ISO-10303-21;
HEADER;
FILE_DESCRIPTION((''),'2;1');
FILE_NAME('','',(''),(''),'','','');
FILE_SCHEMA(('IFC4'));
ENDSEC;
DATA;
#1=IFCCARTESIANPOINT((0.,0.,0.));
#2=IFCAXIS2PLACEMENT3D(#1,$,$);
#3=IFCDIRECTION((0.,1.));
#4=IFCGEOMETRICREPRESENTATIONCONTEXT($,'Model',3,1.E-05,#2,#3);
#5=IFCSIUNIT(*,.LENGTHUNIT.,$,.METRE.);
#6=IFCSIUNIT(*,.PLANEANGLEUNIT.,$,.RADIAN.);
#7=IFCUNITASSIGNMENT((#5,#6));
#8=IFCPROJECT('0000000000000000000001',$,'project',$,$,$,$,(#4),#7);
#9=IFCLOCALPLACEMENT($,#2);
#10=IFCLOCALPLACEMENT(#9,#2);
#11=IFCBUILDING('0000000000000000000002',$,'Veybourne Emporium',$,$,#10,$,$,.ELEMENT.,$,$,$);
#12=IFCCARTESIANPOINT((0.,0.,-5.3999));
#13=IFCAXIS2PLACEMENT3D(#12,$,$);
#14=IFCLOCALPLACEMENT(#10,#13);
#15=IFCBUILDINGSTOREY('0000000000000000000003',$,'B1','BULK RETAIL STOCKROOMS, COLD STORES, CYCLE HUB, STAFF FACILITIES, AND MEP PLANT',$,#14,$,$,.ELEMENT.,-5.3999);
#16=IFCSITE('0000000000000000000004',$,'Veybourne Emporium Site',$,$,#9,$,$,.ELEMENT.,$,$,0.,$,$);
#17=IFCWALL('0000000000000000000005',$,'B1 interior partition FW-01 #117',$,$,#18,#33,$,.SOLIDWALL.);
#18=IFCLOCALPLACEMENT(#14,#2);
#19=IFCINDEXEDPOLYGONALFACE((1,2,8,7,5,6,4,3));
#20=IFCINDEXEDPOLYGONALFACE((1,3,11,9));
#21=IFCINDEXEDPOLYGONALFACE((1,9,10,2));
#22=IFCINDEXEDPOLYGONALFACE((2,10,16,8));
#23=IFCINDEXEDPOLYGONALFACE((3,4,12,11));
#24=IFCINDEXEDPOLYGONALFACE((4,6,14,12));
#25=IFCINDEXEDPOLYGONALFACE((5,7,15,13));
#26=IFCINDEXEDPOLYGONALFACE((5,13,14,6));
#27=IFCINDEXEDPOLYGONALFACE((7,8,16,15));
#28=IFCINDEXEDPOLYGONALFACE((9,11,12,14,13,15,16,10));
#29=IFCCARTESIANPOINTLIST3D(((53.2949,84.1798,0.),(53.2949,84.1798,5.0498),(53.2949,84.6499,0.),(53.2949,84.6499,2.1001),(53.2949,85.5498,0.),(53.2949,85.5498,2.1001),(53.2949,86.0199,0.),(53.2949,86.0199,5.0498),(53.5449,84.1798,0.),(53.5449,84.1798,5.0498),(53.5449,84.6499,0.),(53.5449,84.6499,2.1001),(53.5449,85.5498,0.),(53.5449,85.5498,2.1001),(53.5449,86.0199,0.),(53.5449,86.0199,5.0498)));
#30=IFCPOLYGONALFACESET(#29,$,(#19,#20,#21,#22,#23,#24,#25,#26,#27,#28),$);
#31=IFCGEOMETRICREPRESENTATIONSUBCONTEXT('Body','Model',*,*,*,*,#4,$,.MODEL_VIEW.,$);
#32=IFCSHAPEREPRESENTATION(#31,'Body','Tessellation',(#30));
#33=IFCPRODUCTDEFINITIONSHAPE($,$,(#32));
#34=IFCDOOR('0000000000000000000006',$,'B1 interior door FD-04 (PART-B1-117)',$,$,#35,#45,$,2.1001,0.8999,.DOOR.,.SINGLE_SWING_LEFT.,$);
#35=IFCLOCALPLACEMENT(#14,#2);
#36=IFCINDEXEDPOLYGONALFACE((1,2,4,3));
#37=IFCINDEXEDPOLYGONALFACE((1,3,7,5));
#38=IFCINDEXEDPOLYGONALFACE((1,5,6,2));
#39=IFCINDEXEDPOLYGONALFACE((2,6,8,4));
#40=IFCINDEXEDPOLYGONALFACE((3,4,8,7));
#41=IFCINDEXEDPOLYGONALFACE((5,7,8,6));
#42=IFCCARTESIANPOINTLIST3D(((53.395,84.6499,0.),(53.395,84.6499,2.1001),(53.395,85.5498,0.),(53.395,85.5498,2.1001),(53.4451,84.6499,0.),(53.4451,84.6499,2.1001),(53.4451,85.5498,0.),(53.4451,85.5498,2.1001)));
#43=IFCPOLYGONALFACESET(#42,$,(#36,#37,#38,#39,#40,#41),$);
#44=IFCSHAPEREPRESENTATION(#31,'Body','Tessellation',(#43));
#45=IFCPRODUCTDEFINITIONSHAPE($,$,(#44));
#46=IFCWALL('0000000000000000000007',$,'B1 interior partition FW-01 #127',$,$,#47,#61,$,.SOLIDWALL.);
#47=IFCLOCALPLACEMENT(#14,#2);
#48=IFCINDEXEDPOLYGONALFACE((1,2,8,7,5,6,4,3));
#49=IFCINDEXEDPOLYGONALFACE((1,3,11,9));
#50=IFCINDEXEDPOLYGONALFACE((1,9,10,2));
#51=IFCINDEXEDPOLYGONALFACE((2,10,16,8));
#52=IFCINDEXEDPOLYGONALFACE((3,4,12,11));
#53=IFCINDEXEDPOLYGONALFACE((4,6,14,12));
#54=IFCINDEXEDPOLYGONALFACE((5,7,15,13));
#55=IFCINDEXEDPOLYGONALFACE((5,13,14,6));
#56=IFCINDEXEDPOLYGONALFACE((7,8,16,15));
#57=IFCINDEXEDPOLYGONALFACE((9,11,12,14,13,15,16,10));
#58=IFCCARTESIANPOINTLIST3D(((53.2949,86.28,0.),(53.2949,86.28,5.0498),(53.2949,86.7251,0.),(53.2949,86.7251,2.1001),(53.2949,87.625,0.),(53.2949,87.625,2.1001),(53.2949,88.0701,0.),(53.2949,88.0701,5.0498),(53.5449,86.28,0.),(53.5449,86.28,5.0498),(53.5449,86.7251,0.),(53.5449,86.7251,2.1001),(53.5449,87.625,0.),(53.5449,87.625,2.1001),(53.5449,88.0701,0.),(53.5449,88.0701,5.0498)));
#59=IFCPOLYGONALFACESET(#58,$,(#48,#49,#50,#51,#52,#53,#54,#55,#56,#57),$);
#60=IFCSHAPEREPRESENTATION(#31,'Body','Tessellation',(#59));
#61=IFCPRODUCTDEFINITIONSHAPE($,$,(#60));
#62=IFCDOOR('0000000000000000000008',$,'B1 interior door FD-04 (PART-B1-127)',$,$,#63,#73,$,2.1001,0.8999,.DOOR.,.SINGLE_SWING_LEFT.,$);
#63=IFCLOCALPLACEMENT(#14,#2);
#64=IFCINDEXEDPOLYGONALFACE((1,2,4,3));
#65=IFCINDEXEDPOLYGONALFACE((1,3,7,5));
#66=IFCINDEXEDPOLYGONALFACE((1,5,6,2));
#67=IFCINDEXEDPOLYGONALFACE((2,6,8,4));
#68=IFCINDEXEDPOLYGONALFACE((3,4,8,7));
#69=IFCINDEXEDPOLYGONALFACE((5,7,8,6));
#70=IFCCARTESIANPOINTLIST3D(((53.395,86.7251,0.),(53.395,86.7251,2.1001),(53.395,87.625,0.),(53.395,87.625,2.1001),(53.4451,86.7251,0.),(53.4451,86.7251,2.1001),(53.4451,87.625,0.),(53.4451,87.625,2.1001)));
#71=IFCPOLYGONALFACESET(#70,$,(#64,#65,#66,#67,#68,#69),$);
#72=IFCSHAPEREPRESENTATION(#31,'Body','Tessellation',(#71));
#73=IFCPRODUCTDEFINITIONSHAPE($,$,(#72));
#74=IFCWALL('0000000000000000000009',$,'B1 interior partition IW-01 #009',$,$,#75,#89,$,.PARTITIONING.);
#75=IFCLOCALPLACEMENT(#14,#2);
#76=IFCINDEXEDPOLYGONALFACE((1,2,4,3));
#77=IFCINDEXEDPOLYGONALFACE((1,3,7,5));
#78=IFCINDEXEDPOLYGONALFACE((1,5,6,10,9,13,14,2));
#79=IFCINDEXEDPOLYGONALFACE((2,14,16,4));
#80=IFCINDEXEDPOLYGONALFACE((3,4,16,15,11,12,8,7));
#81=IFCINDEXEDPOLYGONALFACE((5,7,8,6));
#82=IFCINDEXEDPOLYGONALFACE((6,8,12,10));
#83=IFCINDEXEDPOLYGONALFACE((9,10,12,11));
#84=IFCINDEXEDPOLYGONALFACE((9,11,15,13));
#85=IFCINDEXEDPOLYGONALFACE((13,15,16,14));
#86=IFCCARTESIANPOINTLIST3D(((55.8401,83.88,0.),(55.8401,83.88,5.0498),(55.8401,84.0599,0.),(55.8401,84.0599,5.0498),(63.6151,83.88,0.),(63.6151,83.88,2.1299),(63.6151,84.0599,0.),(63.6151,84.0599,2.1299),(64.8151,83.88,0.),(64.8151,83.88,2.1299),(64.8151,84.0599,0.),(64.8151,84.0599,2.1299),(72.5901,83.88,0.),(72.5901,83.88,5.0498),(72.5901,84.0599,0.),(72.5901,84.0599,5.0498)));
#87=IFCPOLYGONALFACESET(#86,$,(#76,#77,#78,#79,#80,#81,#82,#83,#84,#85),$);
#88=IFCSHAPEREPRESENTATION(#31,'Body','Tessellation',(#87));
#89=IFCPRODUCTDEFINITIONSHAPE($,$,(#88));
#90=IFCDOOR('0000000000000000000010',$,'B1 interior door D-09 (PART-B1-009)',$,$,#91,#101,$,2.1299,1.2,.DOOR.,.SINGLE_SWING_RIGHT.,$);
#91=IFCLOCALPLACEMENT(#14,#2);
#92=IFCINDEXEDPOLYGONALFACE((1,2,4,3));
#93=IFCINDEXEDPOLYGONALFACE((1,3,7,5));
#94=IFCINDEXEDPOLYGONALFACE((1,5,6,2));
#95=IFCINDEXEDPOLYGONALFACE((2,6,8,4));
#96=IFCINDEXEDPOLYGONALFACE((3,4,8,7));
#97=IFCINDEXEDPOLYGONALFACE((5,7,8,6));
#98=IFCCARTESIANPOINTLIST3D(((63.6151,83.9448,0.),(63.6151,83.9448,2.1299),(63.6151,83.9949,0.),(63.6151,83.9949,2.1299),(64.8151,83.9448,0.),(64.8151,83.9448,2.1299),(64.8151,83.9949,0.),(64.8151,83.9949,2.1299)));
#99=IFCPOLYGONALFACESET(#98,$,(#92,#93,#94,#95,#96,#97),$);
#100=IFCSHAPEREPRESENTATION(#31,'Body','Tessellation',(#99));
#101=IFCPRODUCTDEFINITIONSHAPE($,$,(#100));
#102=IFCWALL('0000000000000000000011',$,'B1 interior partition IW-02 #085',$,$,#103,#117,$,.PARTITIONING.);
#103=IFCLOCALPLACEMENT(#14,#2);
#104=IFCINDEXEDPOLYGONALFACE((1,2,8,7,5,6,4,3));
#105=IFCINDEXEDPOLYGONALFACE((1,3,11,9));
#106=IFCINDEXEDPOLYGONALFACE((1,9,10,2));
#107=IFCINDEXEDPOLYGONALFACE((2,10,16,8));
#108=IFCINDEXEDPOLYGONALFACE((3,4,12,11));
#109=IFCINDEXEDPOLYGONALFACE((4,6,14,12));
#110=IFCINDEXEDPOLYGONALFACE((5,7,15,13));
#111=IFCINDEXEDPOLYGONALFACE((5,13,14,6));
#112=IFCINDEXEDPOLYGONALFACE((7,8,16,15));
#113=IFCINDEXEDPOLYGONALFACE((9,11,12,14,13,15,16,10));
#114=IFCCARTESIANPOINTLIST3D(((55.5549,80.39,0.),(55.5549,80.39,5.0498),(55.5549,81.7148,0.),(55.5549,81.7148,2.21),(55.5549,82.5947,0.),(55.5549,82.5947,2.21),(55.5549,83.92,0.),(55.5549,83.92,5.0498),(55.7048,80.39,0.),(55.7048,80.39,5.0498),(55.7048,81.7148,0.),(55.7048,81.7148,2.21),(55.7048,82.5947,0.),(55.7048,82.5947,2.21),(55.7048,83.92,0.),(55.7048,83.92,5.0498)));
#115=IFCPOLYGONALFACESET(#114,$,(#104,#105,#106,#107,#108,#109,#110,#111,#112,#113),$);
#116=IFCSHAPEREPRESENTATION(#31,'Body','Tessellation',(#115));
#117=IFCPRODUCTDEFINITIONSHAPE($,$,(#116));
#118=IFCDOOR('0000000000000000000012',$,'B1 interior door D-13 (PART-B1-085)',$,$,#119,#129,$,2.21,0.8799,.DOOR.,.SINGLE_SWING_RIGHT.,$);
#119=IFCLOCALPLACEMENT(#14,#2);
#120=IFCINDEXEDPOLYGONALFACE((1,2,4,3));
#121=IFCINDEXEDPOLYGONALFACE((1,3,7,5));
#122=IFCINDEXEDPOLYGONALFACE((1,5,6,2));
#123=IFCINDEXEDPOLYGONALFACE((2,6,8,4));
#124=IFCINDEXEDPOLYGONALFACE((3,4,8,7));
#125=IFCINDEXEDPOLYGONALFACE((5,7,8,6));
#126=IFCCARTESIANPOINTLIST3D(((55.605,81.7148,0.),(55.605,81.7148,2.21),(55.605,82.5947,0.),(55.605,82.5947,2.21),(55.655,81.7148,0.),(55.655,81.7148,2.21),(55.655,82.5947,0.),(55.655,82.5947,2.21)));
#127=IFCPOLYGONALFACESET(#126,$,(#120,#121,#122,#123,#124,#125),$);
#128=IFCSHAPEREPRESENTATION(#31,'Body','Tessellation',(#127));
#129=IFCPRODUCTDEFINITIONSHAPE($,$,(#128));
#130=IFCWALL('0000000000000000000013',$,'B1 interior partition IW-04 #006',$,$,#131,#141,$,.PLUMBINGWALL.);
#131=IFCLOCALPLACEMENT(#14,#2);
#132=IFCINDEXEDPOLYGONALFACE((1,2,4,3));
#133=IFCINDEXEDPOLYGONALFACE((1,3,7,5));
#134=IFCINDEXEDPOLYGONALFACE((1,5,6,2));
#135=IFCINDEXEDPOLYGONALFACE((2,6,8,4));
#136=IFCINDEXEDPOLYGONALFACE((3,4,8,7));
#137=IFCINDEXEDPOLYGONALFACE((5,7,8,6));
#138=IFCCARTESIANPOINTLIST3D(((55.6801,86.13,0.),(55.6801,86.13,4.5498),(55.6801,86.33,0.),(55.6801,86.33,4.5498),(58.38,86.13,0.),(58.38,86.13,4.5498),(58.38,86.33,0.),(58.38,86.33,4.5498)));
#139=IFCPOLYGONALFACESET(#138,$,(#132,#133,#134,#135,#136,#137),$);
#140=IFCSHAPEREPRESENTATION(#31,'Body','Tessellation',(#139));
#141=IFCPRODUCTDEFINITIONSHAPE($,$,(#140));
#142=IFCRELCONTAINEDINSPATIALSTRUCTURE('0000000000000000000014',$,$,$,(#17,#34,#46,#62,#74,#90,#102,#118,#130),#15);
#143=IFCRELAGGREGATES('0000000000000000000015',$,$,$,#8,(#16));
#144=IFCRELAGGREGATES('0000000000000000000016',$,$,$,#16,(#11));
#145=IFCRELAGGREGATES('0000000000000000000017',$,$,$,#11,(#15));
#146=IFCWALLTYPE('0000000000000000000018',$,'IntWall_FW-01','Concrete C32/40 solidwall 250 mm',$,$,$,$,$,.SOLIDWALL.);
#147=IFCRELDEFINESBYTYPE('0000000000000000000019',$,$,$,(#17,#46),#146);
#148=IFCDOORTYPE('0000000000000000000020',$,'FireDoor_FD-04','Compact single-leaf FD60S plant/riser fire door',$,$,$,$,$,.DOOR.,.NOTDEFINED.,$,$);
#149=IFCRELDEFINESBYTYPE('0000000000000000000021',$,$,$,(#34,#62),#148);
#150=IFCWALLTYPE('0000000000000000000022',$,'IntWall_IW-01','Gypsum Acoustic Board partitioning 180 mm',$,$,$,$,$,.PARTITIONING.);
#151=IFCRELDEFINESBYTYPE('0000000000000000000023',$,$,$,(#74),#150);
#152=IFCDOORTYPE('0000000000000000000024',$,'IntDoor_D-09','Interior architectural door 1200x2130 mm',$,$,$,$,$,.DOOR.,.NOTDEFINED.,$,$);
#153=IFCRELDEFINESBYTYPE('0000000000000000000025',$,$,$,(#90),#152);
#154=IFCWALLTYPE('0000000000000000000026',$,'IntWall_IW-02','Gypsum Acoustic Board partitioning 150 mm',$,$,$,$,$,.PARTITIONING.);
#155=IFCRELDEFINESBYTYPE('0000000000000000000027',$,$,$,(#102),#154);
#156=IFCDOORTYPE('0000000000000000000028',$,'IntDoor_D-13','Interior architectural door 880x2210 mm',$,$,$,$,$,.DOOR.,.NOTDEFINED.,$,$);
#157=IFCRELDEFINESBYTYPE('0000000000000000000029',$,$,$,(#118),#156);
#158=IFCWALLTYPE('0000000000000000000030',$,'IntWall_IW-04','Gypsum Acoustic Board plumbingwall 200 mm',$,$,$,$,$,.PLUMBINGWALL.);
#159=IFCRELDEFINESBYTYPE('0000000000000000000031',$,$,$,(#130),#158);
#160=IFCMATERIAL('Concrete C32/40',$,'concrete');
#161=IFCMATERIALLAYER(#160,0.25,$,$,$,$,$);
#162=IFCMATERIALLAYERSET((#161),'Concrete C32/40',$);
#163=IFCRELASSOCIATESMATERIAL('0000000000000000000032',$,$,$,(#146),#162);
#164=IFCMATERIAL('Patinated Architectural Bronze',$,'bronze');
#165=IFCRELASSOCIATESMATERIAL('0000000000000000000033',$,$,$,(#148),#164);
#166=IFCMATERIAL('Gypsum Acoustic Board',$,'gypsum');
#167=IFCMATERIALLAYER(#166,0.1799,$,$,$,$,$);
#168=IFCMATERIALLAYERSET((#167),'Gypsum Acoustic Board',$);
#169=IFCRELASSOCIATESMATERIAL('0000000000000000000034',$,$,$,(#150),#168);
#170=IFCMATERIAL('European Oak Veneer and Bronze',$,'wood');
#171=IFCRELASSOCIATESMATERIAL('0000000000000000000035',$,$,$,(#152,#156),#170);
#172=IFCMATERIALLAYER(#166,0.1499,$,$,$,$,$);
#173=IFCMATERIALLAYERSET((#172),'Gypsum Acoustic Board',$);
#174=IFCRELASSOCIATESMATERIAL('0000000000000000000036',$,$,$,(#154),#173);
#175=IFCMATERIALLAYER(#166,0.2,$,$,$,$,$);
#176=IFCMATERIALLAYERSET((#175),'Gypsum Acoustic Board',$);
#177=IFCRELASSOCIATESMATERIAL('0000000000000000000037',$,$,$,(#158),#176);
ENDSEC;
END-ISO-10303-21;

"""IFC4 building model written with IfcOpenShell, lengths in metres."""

from ifc_helpers import new_model, si_unit, direction, frame, frame_2d, origin, place, context, subcontext, project, spatial, rectangle, extrude, material, layer, layer_set, type_object, element, fill, save


model = new_model("IFC4")

# Units and contexts
model_context = context("Model", 3, precision=1e-05, world=origin(), true_north=direction((0.0, 1.0)))
body_context = subcontext(model_context, "Body", "Model", "MODEL_VIEW")
ifc_project = project(units=[si_unit("LENGTHUNIT", "METRE"), si_unit("PLANEANGLEUNIT", "RADIAN")], contexts=[model_context])

# Site, building, storey
site_placement = place(None, origin())
site = spatial("IfcSite", under=ifc_project, at=site_placement, Name="Veybourne Emporium Site", CompositionType="ELEMENT", RefElevation=0.0)
building_placement = place(site_placement, origin())
building = spatial("IfcBuilding", under=site, at=building_placement, Name="Veybourne Emporium", CompositionType="ELEMENT")
storey_placement = place(building_placement, frame((0.0, 0.0, -5.3999)))
storey = spatial("IfcBuildingStorey", under=building, at=storey_placement, Name="B1", Description="BULK RETAIL STOCKROOMS, COLD STORES, CYCLE HUB, STAFF FACILITIES, AND MEP PLANT", CompositionType="ELEMENT", Elevation=-5.3999)

# Shared definitions
ifc_material_1 = material(Name="Concrete C32/40", Category="concrete")

# Walls, openings, doors
ifc_layer_1 = layer(ifc_material_1, 0.25)
ifc_layer_set_1 = layer_set([ifc_layer_1], Name="Concrete C32/40")
wall_type_1 = type_object("IfcWallType", Name="IntWall_FW-01", Description="Concrete C32/40 solidwall 250 mm", PredefinedType="SOLIDWALL", material=ifc_layer_set_1)
ifc_material_2 = material(Name="Patinated Architectural Bronze", Category="bronze")
wall_1_placement = place(storey_placement, frame((53.4199, 84.1799, 0.0), z_axis=(0.0, 0.0, 1.0), x_axis=(0.0, 1.0, 0.0)))
wall_1 = element("IfcWall", 1, at=wall_1_placement, inside=storey, type_object=wall_type_1, Name="B1 interior partition FW-01 #117", PredefinedType="SOLIDWALL", context=body_context, shape_type="SweptSolid", body=[
    extrude(rectangle(XDim=1.8401, YDim=0.25, at=frame_2d((0.9199, 0.0))), origin(), (0.0, 0.0, 1.0), 5.0498),
])
opening_1_placement = place(wall_1_placement, frame((0.47, 0.0, 0.0)))
opening_1 = element("IfcOpeningElement", 2, at=opening_1_placement, cuts=wall_1, PredefinedType="OPENING", context=body_context, shape_type="SweptSolid", body=[
    extrude(rectangle(XDim=0.8999, YDim=2.1001, at=frame_2d((0.45, 1.05))), frame((0.0, 0.145, 0.0), z_axis=(0.0, -1.0, 0.0), x_axis=(1.0, 0.0, 0.0)), (0.0, 0.0, 1.0), 0.29),
])
door_type_1 = type_object("IfcDoorType", Name="FireDoor_FD-04", Description="Compact single-leaf FD60S plant/riser fire door", OperationType="NOTDEFINED", PredefinedType="DOOR", material=ifc_material_2)
door_1_placement = place(opening_1_placement, origin())
door_1 = element("IfcDoor", 3, at=door_1_placement, inside=storey, type_object=door_type_1, Name="B1 interior door FD-04 (PART-B1-117)", OperationType="SINGLE_SWING_LEFT", OverallHeight=2.1001, OverallWidth=0.8999, PredefinedType="DOOR", context=body_context, shape_type="SweptSolid", body=[
    extrude(rectangle(XDim=0.8999, YDim=2.1001, at=frame_2d((0.45, 1.05))), frame((0.0, 0.0249, 0.0), z_axis=(0.0, -1.0, 0.0), x_axis=(1.0, 0.0, 0.0)), (0.0, 0.0, 1.0), 0.05),
])
fill(opening_1, door_1)
wall_2_placement = place(storey_placement, frame((53.4199, 86.28, 0.0), z_axis=(0.0, 0.0, 1.0), x_axis=(0.0, 1.0, 0.0)))
wall_2 = element("IfcWall", 4, at=wall_2_placement, inside=storey, type_object=wall_type_1, Name="B1 interior partition FW-01 #127", PredefinedType="SOLIDWALL", context=body_context, shape_type="SweptSolid", body=[
    extrude(rectangle(XDim=1.79, YDim=0.25, at=frame_2d((0.895, 0.0))), origin(), (0.0, 0.0, 1.0), 5.0498),
])
opening_2_placement = place(wall_2_placement, frame((0.4451, 0.0, 0.0)))
opening_2 = element("IfcOpeningElement", 5, at=opening_2_placement, cuts=wall_2, PredefinedType="OPENING", context=body_context, shape_type="SweptSolid", body=[
    extrude(rectangle(XDim=0.8999, YDim=2.1001, at=frame_2d((0.45, 1.05))), frame((0.0, 0.145, 0.0), z_axis=(0.0, -1.0, 0.0), x_axis=(1.0, 0.0, 0.0)), (0.0, 0.0, 1.0), 0.29),
])
door_2_placement = place(opening_2_placement, origin())
door_2 = element("IfcDoor", 6, at=door_2_placement, inside=storey, type_object=door_type_1, Name="B1 interior door FD-04 (PART-B1-127)", OperationType="SINGLE_SWING_LEFT", OverallHeight=2.1001, OverallWidth=0.8999, PredefinedType="DOOR", context=body_context, shape_type="SweptSolid", body=[
    extrude(rectangle(XDim=0.8999, YDim=2.1001, at=frame_2d((0.45, 1.05))), frame((0.0, 0.0249, 0.0), z_axis=(0.0, -1.0, 0.0), x_axis=(1.0, 0.0, 0.0)), (0.0, 0.0, 1.0), 0.05),
])
fill(opening_2, door_2)
ifc_material_3 = material(Name="Gypsum Acoustic Board", Category="gypsum")
ifc_layer_2 = layer(ifc_material_3, 0.1799)
ifc_layer_set_2 = layer_set([ifc_layer_2], Name="Gypsum Acoustic Board")
wall_type_2 = type_object("IfcWallType", Name="IntWall_IW-01", Description="Gypsum Acoustic Board partitioning 180 mm", PredefinedType="PARTITIONING", material=ifc_layer_set_2)
wall_3_placement = place(storey_placement, frame((55.8401, 83.97, 0.0), z_axis=(0.0, 0.0, 1.0), x_axis=(1.0, 0.0, 0.0)))
wall_3 = element("IfcWall", 7, at=wall_3_placement, inside=storey, type_object=wall_type_2, Name="B1 interior partition IW-01 #009", PredefinedType="PARTITIONING", context=body_context, shape_type="SweptSolid", body=[
    extrude(rectangle(XDim=16.75, YDim=0.1799, at=frame_2d((8.375, 0.0))), origin(), (0.0, 0.0, 1.0), 5.0498),
])
opening_3_placement = place(wall_3_placement, frame((7.7749, 0.0, 0.0)))
opening_3 = element("IfcOpeningElement", 8, at=opening_3_placement, cuts=wall_3, PredefinedType="OPENING", context=body_context, shape_type="SweptSolid", body=[
    extrude(rectangle(XDim=1.2, YDim=2.1299, at=frame_2d((0.6001, 1.0649))), frame((0.0, 0.1099, 0.0), z_axis=(0.0, -1.0, 0.0), x_axis=(1.0, 0.0, 0.0)), (0.0, 0.0, 1.0), 0.22),
])
ifc_material_4 = material(Name="European Oak Veneer and Bronze", Category="wood")
door_type_2 = type_object("IfcDoorType", Name="IntDoor_D-09", Description="Interior architectural door 1200x2130 mm", OperationType="NOTDEFINED", PredefinedType="DOOR", material=ifc_material_4)
door_3_placement = place(opening_3_placement, origin())
door_3 = element("IfcDoor", 9, at=door_3_placement, inside=storey, type_object=door_type_2, Name="B1 interior door D-09 (PART-B1-009)", OperationType="SINGLE_SWING_RIGHT", OverallHeight=2.1299, OverallWidth=1.2, PredefinedType="DOOR", context=body_context, shape_type="SweptSolid", body=[
    extrude(rectangle(XDim=1.2, YDim=2.1299, at=frame_2d((0.6001, 1.0649))), frame((0.0, 0.0249, 0.0), z_axis=(0.0, -1.0, 0.0), x_axis=(1.0, 0.0, 0.0)), (0.0, 0.0, 1.0), 0.05),
])
fill(opening_3, door_3)
ifc_layer_3 = layer(ifc_material_3, 0.1499)
ifc_layer_set_3 = layer_set([ifc_layer_3], Name="Gypsum Acoustic Board")
wall_type_3 = type_object("IfcWallType", Name="IntWall_IW-02", Description="Gypsum Acoustic Board partitioning 150 mm", PredefinedType="PARTITIONING", material=ifc_layer_set_3)
wall_4_placement = place(storey_placement, frame((55.6299, 80.3899, 0.0), z_axis=(0.0, 0.0, 1.0), x_axis=(0.0, 1.0, 0.0)))
wall_4 = element("IfcWall", 10, at=wall_4_placement, inside=storey, type_object=wall_type_3, Name="B1 interior partition IW-02 #085", PredefinedType="PARTITIONING", context=body_context, shape_type="SweptSolid", body=[
    extrude(rectangle(XDim=3.53, YDim=0.1499, at=frame_2d((1.7651, 0.0))), origin(), (0.0, 0.0, 1.0), 5.0498),
])
opening_4_placement = place(wall_4_placement, frame((1.325, 0.0, 0.0)))
opening_4 = element("IfcOpeningElement", 11, at=opening_4_placement, cuts=wall_4, PredefinedType="OPENING", context=body_context, shape_type="SweptSolid", body=[
    extrude(rectangle(XDim=0.8799, YDim=2.21, at=frame_2d((0.4399, 1.105))), frame((0.0, 0.095, 0.0), z_axis=(0.0, -1.0, 0.0), x_axis=(1.0, 0.0, 0.0)), (0.0, 0.0, 1.0), 0.1899),
])
door_type_3 = type_object("IfcDoorType", Name="IntDoor_D-13", Description="Interior architectural door 880x2210 mm", OperationType="NOTDEFINED", PredefinedType="DOOR", material=ifc_material_4)
door_4_placement = place(opening_4_placement, origin())
door_4 = element("IfcDoor", 12, at=door_4_placement, inside=storey, type_object=door_type_3, Name="B1 interior door D-13 (PART-B1-085)", OperationType="SINGLE_SWING_RIGHT", OverallHeight=2.21, OverallWidth=0.8799, PredefinedType="DOOR", context=body_context, shape_type="SweptSolid", body=[
    extrude(rectangle(XDim=0.8799, YDim=2.21, at=frame_2d((0.4399, 1.105))), frame((0.0, 0.0249, 0.0), z_axis=(0.0, -1.0, 0.0), x_axis=(1.0, 0.0, 0.0)), (0.0, 0.0, 1.0), 0.05),
])
fill(opening_4, door_4)

# Wall
ifc_layer_4 = layer(ifc_material_3, 0.2)
ifc_layer_set_4 = layer_set([ifc_layer_4], Name="Gypsum Acoustic Board")
wall_type_4 = type_object("IfcWallType", Name="IntWall_IW-04", Description="Gypsum Acoustic Board plumbingwall 200 mm", PredefinedType="PLUMBINGWALL", material=ifc_layer_set_4)
wall_5_placement = place(storey_placement, frame((55.6799, 86.23, 0.0), z_axis=(0.0, 0.0, 1.0), x_axis=(1.0, 0.0, 0.0)))
element("IfcWall", 13, at=wall_5_placement, inside=storey, type_object=wall_type_4, Name="B1 interior partition IW-04 #006", PredefinedType="PLUMBINGWALL", context=body_context, shape_type="SweptSolid", body=[
    extrude(rectangle(XDim=2.7, YDim=0.2, at=frame_2d((1.3501, 0.0))), origin(), (0.0, 0.0, 1.0), 4.5498),
])

save(model, "model.ifc")
